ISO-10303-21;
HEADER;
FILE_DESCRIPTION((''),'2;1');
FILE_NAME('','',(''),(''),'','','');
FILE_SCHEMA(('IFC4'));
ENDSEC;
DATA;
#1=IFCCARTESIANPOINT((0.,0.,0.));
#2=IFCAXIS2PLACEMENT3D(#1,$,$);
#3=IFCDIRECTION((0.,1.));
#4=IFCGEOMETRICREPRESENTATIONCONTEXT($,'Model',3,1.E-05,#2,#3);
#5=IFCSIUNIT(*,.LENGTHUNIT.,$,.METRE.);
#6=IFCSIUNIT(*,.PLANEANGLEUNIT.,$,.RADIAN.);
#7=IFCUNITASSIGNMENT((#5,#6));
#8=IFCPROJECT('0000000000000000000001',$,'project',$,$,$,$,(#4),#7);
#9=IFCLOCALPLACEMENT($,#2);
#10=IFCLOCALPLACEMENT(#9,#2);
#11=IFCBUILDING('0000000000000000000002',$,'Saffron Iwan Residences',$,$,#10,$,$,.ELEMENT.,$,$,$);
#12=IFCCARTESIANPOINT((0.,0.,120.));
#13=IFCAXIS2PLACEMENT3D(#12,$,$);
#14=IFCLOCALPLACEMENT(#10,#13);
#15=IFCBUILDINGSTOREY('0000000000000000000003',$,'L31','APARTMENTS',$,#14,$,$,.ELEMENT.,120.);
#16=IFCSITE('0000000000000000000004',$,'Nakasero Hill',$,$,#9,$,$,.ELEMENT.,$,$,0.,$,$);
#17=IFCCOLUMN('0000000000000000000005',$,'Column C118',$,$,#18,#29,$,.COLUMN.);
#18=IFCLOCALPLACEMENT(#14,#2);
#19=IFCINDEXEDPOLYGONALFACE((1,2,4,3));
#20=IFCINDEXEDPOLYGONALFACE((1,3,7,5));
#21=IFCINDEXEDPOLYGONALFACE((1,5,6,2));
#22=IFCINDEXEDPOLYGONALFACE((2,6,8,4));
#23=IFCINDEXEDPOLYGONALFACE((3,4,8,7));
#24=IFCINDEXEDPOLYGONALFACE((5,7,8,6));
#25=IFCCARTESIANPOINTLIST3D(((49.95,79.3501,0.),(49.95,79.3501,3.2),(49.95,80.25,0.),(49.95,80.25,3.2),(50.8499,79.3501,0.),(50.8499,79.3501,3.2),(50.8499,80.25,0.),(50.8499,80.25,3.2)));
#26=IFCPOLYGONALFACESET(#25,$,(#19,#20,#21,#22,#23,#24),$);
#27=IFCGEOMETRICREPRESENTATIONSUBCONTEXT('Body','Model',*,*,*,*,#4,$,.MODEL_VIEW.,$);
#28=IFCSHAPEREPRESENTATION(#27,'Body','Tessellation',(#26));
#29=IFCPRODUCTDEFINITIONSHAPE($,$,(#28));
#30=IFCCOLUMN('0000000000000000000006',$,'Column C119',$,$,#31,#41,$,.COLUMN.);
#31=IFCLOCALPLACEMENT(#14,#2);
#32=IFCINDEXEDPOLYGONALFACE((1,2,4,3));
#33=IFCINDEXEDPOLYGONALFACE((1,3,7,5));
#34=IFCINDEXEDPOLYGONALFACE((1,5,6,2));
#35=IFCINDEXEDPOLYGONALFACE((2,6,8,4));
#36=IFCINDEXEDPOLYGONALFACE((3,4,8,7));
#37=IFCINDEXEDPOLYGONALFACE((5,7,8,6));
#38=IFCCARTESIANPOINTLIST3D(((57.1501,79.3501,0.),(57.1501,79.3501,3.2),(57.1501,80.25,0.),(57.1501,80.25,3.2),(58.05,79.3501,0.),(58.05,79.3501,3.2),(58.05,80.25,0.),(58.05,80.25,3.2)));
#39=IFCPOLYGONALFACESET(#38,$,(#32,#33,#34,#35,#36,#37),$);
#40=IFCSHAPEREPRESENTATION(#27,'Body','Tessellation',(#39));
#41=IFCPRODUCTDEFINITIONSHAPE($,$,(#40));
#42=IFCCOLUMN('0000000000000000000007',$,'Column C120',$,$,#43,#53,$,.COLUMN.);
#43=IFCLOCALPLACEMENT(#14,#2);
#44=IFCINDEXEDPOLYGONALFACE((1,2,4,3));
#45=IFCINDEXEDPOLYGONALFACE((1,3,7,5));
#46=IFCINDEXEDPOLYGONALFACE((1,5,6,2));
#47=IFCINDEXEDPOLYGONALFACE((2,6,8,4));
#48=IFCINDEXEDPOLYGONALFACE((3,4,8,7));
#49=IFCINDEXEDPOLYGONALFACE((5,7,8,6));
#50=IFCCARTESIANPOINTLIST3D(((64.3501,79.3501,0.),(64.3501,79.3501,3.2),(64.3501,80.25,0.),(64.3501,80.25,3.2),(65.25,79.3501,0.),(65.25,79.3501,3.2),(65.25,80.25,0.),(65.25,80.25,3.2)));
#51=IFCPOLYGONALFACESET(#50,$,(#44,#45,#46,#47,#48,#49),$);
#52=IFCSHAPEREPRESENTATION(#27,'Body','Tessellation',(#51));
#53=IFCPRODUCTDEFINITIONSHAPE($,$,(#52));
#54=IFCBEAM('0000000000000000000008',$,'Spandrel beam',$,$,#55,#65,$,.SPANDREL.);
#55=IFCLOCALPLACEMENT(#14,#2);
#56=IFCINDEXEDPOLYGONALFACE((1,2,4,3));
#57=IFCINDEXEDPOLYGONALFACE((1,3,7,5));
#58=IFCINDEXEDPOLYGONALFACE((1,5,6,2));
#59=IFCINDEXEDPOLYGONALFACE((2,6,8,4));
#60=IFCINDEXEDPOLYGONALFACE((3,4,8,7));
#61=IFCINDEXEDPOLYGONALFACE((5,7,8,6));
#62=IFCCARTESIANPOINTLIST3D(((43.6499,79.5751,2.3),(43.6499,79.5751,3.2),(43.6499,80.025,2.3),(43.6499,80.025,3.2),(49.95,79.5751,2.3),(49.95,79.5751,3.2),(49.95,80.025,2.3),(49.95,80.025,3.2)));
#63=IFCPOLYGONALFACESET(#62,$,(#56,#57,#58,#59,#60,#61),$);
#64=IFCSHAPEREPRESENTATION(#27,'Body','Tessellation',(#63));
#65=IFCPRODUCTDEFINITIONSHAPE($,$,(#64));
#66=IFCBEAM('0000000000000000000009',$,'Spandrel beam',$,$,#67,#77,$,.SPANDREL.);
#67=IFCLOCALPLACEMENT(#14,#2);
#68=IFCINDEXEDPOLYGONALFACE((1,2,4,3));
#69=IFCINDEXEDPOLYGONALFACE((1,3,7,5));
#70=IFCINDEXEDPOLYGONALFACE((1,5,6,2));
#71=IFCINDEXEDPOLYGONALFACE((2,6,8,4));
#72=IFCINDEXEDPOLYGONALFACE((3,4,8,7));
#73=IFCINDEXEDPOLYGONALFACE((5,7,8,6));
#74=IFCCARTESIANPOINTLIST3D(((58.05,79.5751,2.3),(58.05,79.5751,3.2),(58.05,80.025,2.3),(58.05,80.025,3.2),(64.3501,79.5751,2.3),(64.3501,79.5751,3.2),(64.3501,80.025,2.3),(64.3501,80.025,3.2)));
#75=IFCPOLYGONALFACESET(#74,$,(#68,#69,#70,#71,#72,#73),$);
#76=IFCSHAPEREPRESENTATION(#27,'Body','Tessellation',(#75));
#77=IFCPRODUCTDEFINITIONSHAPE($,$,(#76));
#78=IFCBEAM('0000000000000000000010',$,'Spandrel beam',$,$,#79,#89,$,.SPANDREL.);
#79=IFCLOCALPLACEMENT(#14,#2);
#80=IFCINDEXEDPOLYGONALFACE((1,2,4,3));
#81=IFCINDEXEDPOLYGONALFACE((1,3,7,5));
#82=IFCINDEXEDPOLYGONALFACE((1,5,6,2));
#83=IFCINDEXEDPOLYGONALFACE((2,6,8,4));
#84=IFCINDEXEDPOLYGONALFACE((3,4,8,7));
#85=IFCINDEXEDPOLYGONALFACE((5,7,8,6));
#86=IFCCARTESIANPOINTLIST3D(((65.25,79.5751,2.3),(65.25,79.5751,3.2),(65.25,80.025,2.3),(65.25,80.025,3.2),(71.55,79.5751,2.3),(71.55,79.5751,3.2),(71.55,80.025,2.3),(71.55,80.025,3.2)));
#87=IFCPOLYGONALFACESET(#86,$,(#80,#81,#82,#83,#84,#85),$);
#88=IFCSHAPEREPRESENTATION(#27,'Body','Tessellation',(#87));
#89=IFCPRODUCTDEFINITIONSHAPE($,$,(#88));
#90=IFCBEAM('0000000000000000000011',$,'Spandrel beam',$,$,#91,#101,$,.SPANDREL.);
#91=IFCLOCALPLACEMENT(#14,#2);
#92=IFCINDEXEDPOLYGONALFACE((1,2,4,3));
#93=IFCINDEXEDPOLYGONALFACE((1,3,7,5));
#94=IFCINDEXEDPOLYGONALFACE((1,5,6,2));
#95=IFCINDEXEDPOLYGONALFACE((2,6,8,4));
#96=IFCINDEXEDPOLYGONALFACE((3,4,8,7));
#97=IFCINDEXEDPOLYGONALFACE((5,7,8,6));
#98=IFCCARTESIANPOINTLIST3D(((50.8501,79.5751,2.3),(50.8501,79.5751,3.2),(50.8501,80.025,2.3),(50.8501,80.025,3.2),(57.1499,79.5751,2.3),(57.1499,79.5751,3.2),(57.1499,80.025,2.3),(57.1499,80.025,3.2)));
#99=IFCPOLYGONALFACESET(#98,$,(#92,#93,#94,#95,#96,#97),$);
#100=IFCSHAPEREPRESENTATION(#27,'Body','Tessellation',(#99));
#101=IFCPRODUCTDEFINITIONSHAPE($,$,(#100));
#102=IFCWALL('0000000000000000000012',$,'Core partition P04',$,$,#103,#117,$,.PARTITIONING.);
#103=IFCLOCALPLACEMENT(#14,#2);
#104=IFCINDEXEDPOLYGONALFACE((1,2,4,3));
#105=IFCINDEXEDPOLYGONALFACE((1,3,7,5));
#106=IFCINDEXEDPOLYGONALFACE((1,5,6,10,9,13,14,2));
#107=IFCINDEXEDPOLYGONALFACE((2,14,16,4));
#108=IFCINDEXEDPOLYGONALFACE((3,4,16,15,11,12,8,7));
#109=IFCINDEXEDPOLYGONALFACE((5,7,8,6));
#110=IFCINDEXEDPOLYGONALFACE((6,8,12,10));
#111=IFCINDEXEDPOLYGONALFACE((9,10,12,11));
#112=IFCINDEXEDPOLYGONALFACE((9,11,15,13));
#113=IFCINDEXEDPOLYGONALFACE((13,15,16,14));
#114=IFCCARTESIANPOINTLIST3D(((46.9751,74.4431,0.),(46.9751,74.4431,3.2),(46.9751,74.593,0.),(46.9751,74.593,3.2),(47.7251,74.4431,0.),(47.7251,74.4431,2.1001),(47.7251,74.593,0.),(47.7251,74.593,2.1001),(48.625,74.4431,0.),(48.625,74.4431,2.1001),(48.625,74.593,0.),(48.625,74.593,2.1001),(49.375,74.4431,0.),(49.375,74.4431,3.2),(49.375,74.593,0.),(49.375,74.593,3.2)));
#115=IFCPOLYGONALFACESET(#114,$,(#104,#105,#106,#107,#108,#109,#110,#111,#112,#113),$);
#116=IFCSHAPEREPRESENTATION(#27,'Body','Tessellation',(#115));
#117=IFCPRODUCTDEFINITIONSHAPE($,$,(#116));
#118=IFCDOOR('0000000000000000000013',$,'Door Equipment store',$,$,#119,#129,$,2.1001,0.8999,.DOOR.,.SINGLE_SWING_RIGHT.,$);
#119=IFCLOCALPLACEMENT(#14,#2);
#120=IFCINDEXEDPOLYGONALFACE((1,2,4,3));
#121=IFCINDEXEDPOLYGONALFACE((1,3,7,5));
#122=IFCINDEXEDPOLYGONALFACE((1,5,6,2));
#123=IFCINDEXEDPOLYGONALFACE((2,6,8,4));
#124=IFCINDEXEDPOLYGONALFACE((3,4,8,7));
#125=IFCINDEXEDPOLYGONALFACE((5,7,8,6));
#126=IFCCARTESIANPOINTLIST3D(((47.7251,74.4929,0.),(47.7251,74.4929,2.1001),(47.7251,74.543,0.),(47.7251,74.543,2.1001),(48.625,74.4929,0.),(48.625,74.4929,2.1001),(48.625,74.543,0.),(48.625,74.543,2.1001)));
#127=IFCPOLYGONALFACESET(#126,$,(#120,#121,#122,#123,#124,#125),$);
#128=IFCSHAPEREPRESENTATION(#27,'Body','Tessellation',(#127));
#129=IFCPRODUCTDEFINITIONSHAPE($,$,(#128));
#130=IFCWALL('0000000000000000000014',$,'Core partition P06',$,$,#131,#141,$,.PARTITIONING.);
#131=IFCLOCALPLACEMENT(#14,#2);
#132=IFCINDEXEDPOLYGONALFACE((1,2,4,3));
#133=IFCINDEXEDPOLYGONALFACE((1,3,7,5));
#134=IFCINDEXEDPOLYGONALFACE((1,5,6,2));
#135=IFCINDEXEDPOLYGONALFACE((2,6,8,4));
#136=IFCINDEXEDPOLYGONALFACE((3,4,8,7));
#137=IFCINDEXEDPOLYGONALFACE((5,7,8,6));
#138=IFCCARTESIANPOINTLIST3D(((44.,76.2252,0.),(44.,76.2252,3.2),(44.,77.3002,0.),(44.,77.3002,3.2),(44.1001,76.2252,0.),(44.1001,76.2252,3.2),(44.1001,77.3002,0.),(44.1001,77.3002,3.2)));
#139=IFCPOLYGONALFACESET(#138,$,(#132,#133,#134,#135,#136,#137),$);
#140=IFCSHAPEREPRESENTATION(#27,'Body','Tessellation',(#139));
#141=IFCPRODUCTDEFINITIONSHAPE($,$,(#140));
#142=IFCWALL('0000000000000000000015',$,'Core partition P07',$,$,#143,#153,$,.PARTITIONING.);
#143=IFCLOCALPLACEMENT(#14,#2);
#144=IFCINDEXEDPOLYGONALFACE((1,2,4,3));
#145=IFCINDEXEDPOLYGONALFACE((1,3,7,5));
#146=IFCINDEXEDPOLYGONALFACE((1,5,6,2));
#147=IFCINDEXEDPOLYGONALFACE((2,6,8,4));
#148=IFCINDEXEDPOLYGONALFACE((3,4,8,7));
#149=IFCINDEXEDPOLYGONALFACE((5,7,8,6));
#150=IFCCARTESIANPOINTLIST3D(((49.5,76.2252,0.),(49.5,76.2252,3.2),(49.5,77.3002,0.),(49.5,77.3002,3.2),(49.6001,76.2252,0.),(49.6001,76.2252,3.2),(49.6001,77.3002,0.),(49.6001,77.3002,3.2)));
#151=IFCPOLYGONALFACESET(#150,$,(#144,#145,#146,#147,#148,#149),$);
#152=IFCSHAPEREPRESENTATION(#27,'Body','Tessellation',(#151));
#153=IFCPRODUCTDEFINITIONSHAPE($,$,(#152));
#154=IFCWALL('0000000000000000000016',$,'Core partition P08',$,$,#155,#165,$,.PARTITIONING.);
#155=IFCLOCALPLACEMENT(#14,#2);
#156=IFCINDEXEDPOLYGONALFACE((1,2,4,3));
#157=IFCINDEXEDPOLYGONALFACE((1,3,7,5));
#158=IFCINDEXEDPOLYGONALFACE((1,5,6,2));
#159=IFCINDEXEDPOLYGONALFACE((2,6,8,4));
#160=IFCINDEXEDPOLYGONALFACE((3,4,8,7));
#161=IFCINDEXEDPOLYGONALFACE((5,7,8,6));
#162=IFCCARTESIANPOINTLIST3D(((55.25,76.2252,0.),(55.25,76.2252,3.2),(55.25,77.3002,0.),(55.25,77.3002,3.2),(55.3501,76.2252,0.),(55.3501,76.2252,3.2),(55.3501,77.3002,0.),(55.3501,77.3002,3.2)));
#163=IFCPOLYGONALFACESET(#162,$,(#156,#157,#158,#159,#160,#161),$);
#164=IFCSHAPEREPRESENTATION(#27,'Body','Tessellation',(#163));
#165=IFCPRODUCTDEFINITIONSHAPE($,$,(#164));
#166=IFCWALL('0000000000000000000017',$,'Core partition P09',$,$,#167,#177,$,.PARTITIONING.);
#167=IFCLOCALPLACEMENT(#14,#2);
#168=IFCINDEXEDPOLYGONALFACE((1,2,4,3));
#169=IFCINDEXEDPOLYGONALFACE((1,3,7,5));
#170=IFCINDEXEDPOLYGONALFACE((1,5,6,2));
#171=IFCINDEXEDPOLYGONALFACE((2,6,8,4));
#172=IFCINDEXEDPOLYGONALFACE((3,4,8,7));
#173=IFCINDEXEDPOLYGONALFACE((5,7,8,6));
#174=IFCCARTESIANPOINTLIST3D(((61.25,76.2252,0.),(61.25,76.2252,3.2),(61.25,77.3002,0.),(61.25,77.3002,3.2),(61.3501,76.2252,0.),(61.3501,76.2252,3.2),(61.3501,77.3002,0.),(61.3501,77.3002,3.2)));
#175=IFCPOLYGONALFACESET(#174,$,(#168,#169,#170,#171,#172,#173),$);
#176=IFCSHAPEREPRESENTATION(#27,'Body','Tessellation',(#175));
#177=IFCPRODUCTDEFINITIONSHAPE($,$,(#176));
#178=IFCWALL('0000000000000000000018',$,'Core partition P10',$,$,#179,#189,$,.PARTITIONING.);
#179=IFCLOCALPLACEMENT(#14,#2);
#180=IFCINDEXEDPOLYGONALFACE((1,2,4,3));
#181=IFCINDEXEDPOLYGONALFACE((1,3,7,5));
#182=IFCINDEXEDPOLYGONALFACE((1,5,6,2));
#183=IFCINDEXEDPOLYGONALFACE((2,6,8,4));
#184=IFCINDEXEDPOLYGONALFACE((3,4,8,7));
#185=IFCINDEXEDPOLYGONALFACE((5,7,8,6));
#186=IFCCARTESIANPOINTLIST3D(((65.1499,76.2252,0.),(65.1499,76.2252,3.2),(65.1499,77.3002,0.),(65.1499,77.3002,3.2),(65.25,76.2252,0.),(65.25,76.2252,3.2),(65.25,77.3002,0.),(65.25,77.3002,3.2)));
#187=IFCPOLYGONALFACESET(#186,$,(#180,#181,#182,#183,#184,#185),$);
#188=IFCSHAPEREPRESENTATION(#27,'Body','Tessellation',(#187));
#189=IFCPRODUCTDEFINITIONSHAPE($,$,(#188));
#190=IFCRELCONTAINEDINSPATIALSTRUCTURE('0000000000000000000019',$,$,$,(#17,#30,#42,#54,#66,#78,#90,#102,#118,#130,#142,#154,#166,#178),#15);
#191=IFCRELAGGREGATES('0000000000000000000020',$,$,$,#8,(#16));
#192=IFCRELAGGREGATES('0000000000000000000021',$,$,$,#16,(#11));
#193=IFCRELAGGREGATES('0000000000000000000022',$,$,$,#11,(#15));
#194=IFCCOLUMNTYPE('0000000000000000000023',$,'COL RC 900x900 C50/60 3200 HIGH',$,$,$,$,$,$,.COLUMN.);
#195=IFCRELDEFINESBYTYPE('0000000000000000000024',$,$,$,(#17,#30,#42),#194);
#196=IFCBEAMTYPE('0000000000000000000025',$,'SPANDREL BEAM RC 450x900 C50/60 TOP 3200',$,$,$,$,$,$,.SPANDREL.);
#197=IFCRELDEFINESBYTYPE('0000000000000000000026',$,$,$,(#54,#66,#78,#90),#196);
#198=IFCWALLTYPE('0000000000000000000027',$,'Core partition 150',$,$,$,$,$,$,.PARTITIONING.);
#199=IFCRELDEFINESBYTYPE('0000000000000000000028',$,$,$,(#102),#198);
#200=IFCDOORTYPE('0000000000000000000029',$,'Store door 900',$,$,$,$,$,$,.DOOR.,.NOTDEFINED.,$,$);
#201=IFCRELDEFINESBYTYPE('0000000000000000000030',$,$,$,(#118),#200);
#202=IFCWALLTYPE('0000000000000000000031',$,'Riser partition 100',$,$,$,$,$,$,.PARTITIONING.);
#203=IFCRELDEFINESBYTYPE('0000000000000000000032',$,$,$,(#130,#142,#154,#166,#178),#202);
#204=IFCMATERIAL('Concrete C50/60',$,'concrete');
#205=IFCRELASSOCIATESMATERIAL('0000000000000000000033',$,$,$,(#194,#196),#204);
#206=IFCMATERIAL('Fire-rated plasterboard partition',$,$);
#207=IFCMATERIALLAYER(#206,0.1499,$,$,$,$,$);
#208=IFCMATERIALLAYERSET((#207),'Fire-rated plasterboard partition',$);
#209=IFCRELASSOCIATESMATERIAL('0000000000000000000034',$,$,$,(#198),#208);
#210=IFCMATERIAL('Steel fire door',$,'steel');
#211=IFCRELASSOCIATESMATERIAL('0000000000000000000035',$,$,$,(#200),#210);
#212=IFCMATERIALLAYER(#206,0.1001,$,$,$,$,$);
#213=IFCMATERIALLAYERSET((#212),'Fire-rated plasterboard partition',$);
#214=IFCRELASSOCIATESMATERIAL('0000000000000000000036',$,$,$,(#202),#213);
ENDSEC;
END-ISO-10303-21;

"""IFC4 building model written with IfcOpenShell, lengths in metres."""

from ifc_helpers import new_model, si_unit, direction, frame, frame_2d, origin, origin_2d, place, context, subcontext, project, spatial, rectangle, extrude, source, transform, mapped, material, layer, layer_set, material_profile, profile_set, type_object, element, fill, save


model = new_model("IFC4")

# Units and contexts
model_context = context("Model", 3, precision=1e-05, world=origin(), true_north=direction((0.0, 1.0)))
body_context = subcontext(model_context, "Body", "Model", "MODEL_VIEW")
ifc_project = project(units=[si_unit("LENGTHUNIT", "METRE"), si_unit("PLANEANGLEUNIT", "RADIAN")], contexts=[model_context])

# Site, building, storey
site_placement = place(None, origin())
site = spatial("IfcSite", under=ifc_project, at=site_placement, Name="Nakasero Hill", CompositionType="ELEMENT", RefElevation=0.0)
building_placement = place(site_placement, origin())
building = spatial("IfcBuilding", under=site, at=building_placement, Name="Saffron Iwan Residences", CompositionType="ELEMENT")
storey_placement = place(building_placement, frame((0.0, 0.0, 120.0)))
storey = spatial("IfcBuildingStorey", under=building, at=storey_placement, Name="L31", Description="APARTMENTS", CompositionType="ELEMENT", Elevation=120.0)

# Columns
ifc_material_1 = material(Name="Concrete C50/60", Category="concrete")
ifc_material_profile_1 = material_profile(ifc_material_1, rectangle(XDim=0.8999, YDim=0.8999, at=origin_2d()), Name="RC 900x900")
ifc_profile_set_1 = profile_set([ifc_material_profile_1], Name="Concrete C50/60")
column_type = type_object("IfcColumnType", Name="COL RC 900x900 C50/60 3200 HIGH", PredefinedType="COLUMN", material=ifc_profile_set_1)
shared_shape_1 = source(origin(), body_context, "Body", "SweptSolid", [
    extrude(rectangle(XDim=0.8999, YDim=0.8999, at=origin_2d()), origin(), (0.0, 0.0, 1.0), 3.2),
])
for number, where, z_axis, x_axis, name in (
    (1, (50.3999, 79.8, 0.0), (0.0, 0.0, 1.0), (1.0, 0.0, 0.0), "Column C118"),
    (2, (57.6001, 79.8, 0.0), (0.0, 0.0, 1.0), (1.0, 0.0, 0.0), "Column C119"),
    (3, (64.8, 79.8, 0.0), (0.0, 0.0, 1.0), (1.0, 0.0, 0.0), "Column C120"),
):
    element("IfcColumn", number, at=place(storey_placement, frame(where, z_axis=z_axis, x_axis=x_axis)), inside=storey, type_object=column_type, Name=name, PredefinedType="COLUMN", context=body_context, shape_type="MappedRepresentation", body=[
        mapped(shared_shape_1, transform((0.0, 0.0, 0.0))),
    ])

# Beams
ifc_material_profile_2 = material_profile(ifc_material_1, rectangle(XDim=0.45, YDim=0.8999, at=origin_2d()), Name="RC 450x900")
ifc_profile_set_2 = profile_set([ifc_material_profile_2], Name="Concrete C50/60")
beam_type = type_object("IfcBeamType", Name="SPANDREL BEAM RC 450x900 C50/60 TOP 3200", PredefinedType="SPANDREL", material=ifc_profile_set_2)
shared_shape_2 = source(origin(), body_context, "Body", "SweptSolid", [
    extrude(rectangle(XDim=0.45, YDim=0.8999, at=origin_2d()), origin(), (0.0, 0.0, 1.0), 6.3),
])
for number, where, z_axis, x_axis, name in (
    (4, (43.6499, 79.8, 2.75), (1.0, 0.0, 0.0), (0.0, 1.0, 0.0), "Spandrel beam"),
    (5, (58.05, 79.8, 2.75), (1.0, 0.0, 0.0), (0.0, 1.0, 0.0), "Spandrel beam"),
    (6, (65.25, 79.8, 2.75), (1.0, 0.0, 0.0), (0.0, 1.0, 0.0), "Spandrel beam"),
):
    element("IfcBeam", number, at=place(storey_placement, frame(where, z_axis=z_axis, x_axis=x_axis)), inside=storey, type_object=beam_type, Name=name, PredefinedType="SPANDREL", context=body_context, shape_type="MappedRepresentation", body=[
        mapped(shared_shape_2, transform((0.0, 0.0, 0.0))),
    ])
shared_shape_3 = source(origin(), body_context, "Body", "SweptSolid", [
    extrude(rectangle(XDim=0.45, YDim=0.8999, at=origin_2d()), origin(), (0.0, 0.0, 1.0), 6.2998),
])
beam_placement = place(storey_placement, frame((50.8501, 79.8, 2.75), z_axis=(1.0, 0.0, 0.0), x_axis=(0.0, 1.0, 0.0)))
element("IfcBeam", 7, at=beam_placement, inside=storey, type_object=beam_type, Name="Spandrel beam", PredefinedType="SPANDREL", context=body_context, shape_type="MappedRepresentation", body=[
    mapped(shared_shape_3, transform((0.0, 0.0, 0.0))),
])

# Wall, opening, door
ifc_material_2 = material(Name="Fire-rated plasterboard partition")
ifc_layer_1 = layer(ifc_material_2, 0.1499)
ifc_layer_set_1 = layer_set([ifc_layer_1], Name="Fire-rated plasterboard partition")
wall_type_1 = type_object("IfcWallType", Name="Core partition 150", PredefinedType="PARTITIONING", material=ifc_layer_set_1)
wall_placement = place(storey_placement, frame((46.9751, 74.5181, 0.0), z_axis=(0.0, 0.0, 1.0), x_axis=(1.0, 0.0, 0.0)))
wall = element("IfcWall", 8, at=wall_placement, inside=storey, type_object=wall_type_1, Name="Core partition P04", PredefinedType="PARTITIONING", context=body_context, shape_type="SweptSolid", body=[
    extrude(rectangle(XDim=2.3999, YDim=0.1499, at=frame_2d((1.2, 0.0))), origin(), (0.0, 0.0, 1.0), 3.2),
])
opening_placement = place(wall_placement, frame((0.75, 0.0, 0.0)))
opening = element("IfcOpeningElement", 9, at=opening_placement, cuts=wall, PredefinedType="OPENING", context=body_context, shape_type="SweptSolid", body=[
    extrude(rectangle(XDim=0.8999, YDim=2.1001, at=frame_2d((0.45, 1.05))), frame((0.0, 0.085, 0.0), z_axis=(0.0, -1.0, 0.0), x_axis=(1.0, 0.0, 0.0)), (0.0, 0.0, 1.0), 0.1699),
])
ifc_material_3 = material(Name="Steel fire door", Category="steel")
door_type = type_object("IfcDoorType", Name="Store door 900", OperationType="NOTDEFINED", PredefinedType="DOOR", material=ifc_material_3)
door_placement = place(opening_placement, origin())
door = element("IfcDoor", 10, at=door_placement, inside=storey, type_object=door_type, Name="Door Equipment store", OperationType="SINGLE_SWING_RIGHT", OverallHeight=2.1001, OverallWidth=0.8999, PredefinedType="DOOR", context=body_context, shape_type="SweptSolid", body=[
    extrude(rectangle(XDim=0.8999, YDim=2.1001, at=frame_2d((0.45, 1.05))), frame((0.0, 0.0249, 0.0), z_axis=(0.0, -1.0, 0.0), x_axis=(1.0, 0.0, 0.0)), (0.0, 0.0, 1.0), 0.05),
])
fill(opening, door)

# Walls
ifc_layer_2 = layer(ifc_material_2, 0.1001)
ifc_layer_set_2 = layer_set([ifc_layer_2], Name="Fire-rated plasterboard partition")
wall_type_2 = type_object("IfcWallType", Name="Riser partition 100", PredefinedType="PARTITIONING", material=ifc_layer_set_2)
for number, where, z_axis, x_axis, name in (
    (11, (44.05, 76.2251, 0.0), (0.0, 0.0, 1.0), (0.0, 1.0, 0.0), "Core partition P06"),
    (12, (49.55, 76.2251, 0.0), (0.0, 0.0, 1.0), (0.0, 1.0, 0.0), "Core partition P07"),
    (13, (55.3, 76.2251, 0.0), (0.0, 0.0, 1.0), (0.0, 1.0, 0.0), "Core partition P08"),
    (14, (61.3, 76.2251, 0.0), (0.0, 0.0, 1.0), (0.0, 1.0, 0.0), "Core partition P09"),
    (15, (65.2, 76.2251, 0.0), (0.0, 0.0, 1.0), (0.0, 1.0, 0.0), "Core partition P10"),
):
    element("IfcWall", number, at=place(storey_placement, frame(where, z_axis=z_axis, x_axis=x_axis)), inside=storey, type_object=wall_type_2, Name=name, PredefinedType="PARTITIONING", context=body_context, shape_type="SweptSolid", body=[
        extrude(rectangle(XDim=1.075, YDim=0.1001, at=frame_2d((0.5376, 0.0))), origin(), (0.0, 0.0, 1.0), 3.2),
    ])

save(model, "model.ifc")
